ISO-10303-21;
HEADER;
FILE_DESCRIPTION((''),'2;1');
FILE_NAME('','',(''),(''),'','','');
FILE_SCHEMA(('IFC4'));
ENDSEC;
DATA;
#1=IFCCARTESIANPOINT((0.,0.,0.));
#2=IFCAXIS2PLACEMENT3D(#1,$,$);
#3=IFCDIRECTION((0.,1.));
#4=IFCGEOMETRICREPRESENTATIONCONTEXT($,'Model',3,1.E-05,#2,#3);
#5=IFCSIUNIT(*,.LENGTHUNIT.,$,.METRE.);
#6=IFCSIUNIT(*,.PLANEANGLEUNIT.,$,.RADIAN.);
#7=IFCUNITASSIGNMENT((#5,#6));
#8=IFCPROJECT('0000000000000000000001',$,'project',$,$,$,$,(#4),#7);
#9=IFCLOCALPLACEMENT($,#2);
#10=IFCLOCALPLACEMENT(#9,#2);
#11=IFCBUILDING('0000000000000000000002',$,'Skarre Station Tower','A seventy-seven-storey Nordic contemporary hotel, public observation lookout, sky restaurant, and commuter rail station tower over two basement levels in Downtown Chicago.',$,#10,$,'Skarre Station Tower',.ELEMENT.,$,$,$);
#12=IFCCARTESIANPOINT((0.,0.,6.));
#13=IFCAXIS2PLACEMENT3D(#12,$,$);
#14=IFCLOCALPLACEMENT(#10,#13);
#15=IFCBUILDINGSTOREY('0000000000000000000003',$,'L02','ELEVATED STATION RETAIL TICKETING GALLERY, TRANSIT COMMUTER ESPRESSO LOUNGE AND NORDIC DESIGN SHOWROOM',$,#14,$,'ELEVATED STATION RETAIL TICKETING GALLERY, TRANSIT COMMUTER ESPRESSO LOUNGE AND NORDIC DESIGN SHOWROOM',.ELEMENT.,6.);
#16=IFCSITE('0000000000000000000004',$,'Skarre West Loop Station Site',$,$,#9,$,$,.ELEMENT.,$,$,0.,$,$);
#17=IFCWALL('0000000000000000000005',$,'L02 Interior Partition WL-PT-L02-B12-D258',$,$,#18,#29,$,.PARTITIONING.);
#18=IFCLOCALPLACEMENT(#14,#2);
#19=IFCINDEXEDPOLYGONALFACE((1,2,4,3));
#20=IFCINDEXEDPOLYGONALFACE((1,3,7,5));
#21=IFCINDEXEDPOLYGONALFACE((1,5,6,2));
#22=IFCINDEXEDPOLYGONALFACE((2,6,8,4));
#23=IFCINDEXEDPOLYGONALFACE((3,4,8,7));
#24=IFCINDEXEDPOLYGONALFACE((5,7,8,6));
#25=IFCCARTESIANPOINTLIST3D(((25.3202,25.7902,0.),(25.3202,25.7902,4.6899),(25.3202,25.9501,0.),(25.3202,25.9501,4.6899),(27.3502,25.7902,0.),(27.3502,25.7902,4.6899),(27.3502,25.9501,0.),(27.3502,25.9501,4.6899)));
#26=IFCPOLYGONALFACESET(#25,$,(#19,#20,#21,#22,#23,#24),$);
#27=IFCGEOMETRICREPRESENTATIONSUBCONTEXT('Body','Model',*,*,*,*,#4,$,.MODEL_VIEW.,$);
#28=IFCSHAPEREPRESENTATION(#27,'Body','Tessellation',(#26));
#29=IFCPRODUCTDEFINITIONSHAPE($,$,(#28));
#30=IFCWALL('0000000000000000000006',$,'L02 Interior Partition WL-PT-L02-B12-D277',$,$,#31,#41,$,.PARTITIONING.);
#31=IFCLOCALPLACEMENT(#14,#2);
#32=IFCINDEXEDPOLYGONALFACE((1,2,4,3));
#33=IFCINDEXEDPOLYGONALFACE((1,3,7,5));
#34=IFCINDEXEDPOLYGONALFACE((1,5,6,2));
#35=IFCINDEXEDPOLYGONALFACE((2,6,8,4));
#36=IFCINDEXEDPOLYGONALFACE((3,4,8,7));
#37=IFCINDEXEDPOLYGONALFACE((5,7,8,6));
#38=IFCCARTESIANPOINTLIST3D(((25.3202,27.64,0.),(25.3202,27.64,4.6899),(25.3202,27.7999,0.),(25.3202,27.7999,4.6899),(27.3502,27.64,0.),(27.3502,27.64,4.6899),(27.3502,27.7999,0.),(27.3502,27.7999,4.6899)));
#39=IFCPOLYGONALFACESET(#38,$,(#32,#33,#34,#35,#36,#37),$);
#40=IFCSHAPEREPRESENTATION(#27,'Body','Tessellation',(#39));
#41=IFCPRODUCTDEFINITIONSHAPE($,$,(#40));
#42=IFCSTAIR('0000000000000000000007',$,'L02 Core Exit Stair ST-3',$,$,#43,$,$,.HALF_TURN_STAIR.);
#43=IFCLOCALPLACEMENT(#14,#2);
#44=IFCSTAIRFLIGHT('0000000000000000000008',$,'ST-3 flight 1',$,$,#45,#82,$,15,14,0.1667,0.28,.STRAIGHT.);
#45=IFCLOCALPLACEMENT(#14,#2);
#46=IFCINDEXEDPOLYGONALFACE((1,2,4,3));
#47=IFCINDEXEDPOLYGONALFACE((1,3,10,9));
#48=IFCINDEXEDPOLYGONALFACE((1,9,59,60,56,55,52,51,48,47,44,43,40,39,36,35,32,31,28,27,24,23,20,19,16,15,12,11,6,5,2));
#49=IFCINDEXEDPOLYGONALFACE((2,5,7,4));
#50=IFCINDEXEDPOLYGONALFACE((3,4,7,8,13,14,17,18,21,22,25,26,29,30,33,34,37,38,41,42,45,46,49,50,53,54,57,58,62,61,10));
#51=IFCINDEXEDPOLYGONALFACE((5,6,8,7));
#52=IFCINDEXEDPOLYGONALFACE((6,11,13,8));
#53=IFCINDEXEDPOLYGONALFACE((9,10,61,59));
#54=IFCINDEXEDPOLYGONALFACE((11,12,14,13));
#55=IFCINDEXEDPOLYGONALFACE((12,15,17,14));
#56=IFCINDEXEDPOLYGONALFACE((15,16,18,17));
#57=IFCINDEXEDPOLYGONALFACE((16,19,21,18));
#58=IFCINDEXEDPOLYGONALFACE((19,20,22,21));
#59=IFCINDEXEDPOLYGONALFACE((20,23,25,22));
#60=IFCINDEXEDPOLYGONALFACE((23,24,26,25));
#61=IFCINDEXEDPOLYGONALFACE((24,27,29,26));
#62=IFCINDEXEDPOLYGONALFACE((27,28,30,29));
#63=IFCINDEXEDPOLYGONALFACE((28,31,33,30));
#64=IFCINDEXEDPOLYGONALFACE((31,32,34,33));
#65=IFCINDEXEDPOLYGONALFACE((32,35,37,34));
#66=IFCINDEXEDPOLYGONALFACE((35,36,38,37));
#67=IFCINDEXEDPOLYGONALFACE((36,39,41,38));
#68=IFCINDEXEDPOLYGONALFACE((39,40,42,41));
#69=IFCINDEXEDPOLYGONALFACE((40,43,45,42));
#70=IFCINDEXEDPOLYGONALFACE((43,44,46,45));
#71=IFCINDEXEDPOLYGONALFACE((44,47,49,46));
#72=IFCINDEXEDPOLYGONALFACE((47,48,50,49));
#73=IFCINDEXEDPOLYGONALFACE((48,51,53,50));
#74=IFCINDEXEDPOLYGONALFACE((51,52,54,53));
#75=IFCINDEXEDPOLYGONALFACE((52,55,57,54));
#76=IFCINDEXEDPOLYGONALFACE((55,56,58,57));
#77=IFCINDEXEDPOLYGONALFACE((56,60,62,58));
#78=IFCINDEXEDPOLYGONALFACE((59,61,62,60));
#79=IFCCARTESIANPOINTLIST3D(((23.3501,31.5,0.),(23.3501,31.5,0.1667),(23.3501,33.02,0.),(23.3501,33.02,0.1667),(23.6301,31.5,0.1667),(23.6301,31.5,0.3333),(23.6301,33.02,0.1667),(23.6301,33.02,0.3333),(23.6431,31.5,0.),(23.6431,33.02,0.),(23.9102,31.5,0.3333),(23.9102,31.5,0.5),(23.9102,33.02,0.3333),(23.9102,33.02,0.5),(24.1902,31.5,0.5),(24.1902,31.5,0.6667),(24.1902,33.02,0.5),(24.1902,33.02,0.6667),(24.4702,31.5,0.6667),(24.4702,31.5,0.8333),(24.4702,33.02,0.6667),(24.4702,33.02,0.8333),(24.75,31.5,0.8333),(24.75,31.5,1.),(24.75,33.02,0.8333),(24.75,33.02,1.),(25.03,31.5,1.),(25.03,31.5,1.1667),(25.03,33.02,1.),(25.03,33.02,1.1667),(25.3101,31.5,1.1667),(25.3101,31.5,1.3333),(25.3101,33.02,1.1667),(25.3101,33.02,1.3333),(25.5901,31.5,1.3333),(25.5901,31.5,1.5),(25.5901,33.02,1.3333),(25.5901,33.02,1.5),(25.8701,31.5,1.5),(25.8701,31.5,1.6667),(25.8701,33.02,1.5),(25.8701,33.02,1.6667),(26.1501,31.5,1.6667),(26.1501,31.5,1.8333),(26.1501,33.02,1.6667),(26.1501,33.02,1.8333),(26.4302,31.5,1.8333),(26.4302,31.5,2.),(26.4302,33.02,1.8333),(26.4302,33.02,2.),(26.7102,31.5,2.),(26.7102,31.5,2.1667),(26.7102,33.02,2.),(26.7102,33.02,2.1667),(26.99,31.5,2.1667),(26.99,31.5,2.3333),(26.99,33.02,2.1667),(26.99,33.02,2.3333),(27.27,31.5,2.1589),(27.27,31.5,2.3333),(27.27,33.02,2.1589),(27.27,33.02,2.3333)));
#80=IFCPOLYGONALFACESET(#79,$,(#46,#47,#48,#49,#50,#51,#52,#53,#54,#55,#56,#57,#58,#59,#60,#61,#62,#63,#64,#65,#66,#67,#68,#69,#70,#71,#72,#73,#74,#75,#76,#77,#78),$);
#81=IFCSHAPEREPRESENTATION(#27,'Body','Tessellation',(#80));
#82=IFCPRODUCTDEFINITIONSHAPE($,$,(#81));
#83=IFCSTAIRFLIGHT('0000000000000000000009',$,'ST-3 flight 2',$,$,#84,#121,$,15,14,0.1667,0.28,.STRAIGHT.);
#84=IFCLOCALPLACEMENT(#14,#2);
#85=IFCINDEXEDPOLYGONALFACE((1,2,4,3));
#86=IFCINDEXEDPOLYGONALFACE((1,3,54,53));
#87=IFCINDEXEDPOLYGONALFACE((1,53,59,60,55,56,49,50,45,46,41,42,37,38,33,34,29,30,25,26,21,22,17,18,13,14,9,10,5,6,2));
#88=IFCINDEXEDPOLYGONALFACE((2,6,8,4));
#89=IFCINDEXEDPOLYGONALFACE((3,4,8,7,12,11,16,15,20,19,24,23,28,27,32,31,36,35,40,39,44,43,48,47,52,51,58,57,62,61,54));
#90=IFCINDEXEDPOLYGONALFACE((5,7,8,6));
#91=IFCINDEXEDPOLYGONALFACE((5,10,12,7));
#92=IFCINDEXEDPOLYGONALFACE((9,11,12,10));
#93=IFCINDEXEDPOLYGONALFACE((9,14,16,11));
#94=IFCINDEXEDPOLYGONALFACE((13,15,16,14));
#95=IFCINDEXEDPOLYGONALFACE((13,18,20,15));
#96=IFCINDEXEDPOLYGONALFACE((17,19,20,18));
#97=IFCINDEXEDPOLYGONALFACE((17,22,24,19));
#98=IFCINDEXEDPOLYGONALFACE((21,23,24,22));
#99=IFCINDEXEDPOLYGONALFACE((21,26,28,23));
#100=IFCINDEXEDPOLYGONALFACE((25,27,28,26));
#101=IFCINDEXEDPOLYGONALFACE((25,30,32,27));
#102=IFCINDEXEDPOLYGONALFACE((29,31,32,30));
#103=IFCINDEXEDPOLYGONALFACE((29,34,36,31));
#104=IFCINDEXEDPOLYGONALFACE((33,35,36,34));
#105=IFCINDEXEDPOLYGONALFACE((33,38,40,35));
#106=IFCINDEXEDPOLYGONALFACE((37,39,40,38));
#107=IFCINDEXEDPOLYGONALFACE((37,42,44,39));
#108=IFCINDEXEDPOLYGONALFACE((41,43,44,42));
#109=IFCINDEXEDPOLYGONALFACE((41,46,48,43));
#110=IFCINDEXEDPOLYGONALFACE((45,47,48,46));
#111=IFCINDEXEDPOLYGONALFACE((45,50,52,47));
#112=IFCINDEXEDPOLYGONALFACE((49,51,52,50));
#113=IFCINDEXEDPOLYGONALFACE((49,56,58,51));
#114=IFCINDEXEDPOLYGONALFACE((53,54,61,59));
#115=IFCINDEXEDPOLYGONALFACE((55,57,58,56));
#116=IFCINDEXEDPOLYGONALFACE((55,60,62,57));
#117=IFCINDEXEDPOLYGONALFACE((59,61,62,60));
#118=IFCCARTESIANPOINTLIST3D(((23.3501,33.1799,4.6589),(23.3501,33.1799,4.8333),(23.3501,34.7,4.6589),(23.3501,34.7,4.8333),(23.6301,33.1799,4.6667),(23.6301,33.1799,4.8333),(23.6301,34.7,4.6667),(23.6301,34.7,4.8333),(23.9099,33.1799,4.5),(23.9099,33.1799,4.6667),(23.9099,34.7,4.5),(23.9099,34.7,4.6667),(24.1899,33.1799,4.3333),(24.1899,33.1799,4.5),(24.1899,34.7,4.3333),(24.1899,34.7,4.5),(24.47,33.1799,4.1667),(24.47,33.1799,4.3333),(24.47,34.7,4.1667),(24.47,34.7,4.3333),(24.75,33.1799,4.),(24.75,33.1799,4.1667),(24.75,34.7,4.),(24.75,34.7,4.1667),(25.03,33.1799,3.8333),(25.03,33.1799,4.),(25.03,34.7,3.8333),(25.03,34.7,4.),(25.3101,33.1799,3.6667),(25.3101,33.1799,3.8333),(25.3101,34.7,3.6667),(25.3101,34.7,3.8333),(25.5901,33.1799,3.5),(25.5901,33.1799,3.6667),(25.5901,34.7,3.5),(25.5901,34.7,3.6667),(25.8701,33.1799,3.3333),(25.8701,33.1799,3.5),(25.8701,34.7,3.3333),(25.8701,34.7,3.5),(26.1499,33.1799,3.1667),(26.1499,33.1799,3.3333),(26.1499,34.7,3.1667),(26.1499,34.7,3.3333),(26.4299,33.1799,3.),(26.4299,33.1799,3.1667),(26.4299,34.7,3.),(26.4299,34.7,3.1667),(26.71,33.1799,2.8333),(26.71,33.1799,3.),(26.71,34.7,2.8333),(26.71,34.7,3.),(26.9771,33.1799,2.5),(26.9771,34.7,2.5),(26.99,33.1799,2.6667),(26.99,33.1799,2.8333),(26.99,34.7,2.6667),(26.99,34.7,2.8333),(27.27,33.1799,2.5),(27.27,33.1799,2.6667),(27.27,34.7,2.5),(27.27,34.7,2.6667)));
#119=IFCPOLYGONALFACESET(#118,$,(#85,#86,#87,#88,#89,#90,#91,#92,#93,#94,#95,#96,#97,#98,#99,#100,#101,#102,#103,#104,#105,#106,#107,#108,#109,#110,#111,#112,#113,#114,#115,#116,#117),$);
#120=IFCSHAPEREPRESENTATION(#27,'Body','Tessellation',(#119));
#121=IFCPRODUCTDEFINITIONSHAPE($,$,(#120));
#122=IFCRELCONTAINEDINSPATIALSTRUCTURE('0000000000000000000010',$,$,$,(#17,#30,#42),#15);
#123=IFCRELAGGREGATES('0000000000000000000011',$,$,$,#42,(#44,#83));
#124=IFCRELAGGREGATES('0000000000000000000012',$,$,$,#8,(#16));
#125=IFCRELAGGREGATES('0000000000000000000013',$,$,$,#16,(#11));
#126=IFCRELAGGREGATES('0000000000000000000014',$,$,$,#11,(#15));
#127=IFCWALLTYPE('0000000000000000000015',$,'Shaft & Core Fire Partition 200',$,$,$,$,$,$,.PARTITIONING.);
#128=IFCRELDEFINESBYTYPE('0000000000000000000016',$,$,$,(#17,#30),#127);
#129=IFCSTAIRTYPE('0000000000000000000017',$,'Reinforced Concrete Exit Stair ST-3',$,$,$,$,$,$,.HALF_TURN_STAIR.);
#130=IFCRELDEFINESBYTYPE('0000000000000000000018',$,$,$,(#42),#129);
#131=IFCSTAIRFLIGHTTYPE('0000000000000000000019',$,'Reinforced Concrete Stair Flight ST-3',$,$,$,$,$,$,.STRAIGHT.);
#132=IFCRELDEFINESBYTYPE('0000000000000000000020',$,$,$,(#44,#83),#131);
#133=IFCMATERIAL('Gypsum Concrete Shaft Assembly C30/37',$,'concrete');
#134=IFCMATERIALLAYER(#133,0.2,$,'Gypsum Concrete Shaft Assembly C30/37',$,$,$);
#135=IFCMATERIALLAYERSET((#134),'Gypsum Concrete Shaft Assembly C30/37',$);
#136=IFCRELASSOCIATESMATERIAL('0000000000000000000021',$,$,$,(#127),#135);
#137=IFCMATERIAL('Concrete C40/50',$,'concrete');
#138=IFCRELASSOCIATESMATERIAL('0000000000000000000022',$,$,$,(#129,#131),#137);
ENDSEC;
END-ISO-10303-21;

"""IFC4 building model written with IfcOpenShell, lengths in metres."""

from ifc_helpers import new_model, si_unit, direction, frame, frame_2d, origin, place, context, subcontext, project, spatial, polyline, rectangle, outline, extrude, material, layer, layer_set, type_object, element, aggregate, save


model = new_model("IFC4")

# Units and contexts
model_context = context("Model", 3, precision=1e-05, world=origin(), true_north=direction((0.0, 1.0)))
body_context = subcontext(model_context, "Body", "Model", "MODEL_VIEW")
ifc_project = project(units=[si_unit("LENGTHUNIT", "METRE"), si_unit("PLANEANGLEUNIT", "RADIAN")], contexts=[model_context])

# Site, building, storey
site_placement = place(None, origin())
site = spatial("IfcSite", under=ifc_project, at=site_placement, Name="Skarre West Loop Station Site", CompositionType="ELEMENT", RefElevation=0.0)
building_placement = place(site_placement, origin())
building = spatial("IfcBuilding", under=site, at=building_placement, Name="Skarre Station Tower", Description="A seventy-seven-storey Nordic contemporary hotel, public observation lookout, sky restaurant, and commuter rail station tower over two basement levels in Downtown Chicago.", LongName="Skarre Station Tower", CompositionType="ELEMENT")
storey_placement = place(building_placement, frame((0.0, 0.0, 6.0)))
storey = spatial("IfcBuildingStorey", under=building, at=storey_placement, Name="L02", Description="ELEVATED STATION RETAIL TICKETING GALLERY, TRANSIT COMMUTER ESPRESSO LOUNGE AND NORDIC DESIGN SHOWROOM", LongName="ELEVATED STATION RETAIL TICKETING GALLERY, TRANSIT COMMUTER ESPRESSO LOUNGE AND NORDIC DESIGN SHOWROOM", CompositionType="ELEMENT", Elevation=6.0)

# Shared definitions
ifc_material_1 = material(Name="Gypsum Concrete Shaft Assembly C30/37", Category="concrete")
ifc_layer_1 = layer(ifc_material_1, 0.2, Name="Gypsum Concrete Shaft Assembly C30/37")
ifc_layer_set_1 = layer_set([ifc_layer_1], Name="Gypsum Concrete Shaft Assembly C30/37")
wall_type_1 = type_object("IfcWallType", Name="Shaft & Core Fire Partition 200", PredefinedType="PARTITIONING", material=ifc_layer_set_1)

# Walls
for number, where, z_axis, x_axis, name in (
    (1, (25.3201, 25.8701, 0.0), (0.0, 0.0, 1.0), (1.0, 0.0, 0.0), "L02 Interior Partition WL-PT-L02-B12-D258"),
    (2, (25.3201, 27.72, 0.0), (0.0, 0.0, 1.0), (1.0, 0.0, 0.0), "L02 Interior Partition WL-PT-L02-B12-D277"),
):
    element("IfcWall", number, at=place(storey_placement, frame(where, z_axis=z_axis, x_axis=x_axis)), inside=storey, type_object=wall_type_1, Name=name, PredefinedType="PARTITIONING", context=body_context, shape_type="SweptSolid", body=[
        extrude(rectangle(XDim=2.03, YDim=0.1599, at=frame_2d((1.0151, 0.0))), origin(), (0.0, 0.0, 1.0), 4.6899),
    ])

# Stair, stair flights
ifc_material_2 = material(Name="Concrete C40/50", Category="concrete")
stair_type = type_object("IfcStairType", Name="Reinforced Concrete Exit Stair ST-3", PredefinedType="HALF_TURN_STAIR", material=ifc_material_2)
stair_placement = place(storey_placement, origin())
stair = element("IfcStair", 3, at=stair_placement, inside=storey, type_object=stair_type, Name="L02 Core Exit Stair ST-3", PredefinedType="HALF_TURN_STAIR")
stair_flight_type = type_object("IfcStairFlightType", Name="Reinforced Concrete Stair Flight ST-3", PredefinedType="STRAIGHT", material=ifc_material_2)
stair_flight_1_placement = place(storey_placement, frame((23.3501, 32.26, 0.0), z_axis=(0.0, 0.0, 1.0), x_axis=(1.0, 0.0, 0.0)))
stair_flight_1 = element("IfcStairFlight", 4, at=stair_flight_1_placement, type_object=stair_flight_type, Name="ST-3 flight 1", NumberOfRisers=15, NumberOfTreads=14, PredefinedType="STRAIGHT", RiserHeight=0.1667, TreadLength=0.28, context=body_context, shape_type="SweptSolid", body=[
    extrude(outline(polyline([(0.0, 0.0), (0.0, 0.1667), (0.28, 0.1667), (0.28, 0.3333), (0.5601, 0.3333), (0.5601, 0.5), (0.8401, 0.5), (0.8401, 0.6667), (1.1201, 0.6667), (1.1201, 0.8333), (1.3999, 0.8333), (1.3999, 1.0), (1.6799, 1.0), (1.6799, 1.1667), (1.96, 1.1667), (1.96, 1.3333), (2.24, 1.3333), (2.24, 1.5), (2.52, 1.5), (2.52, 1.6667), (2.8, 1.6667), (2.8, 1.8333), (3.0801, 1.8333), (3.0801, 2.0), (3.3601, 2.0), (3.3601, 2.1667), (3.6399, 2.1667), (3.6399, 2.3333), (3.9199, 2.3333), (3.9199, 2.5), (3.9199, 2.1589), (0.293, 0.0), (0.0, 0.0)])), frame((0.0, 0.76, 0.0), z_axis=(0.0, -1.0, 0.0), x_axis=(1.0, 0.0, 0.0)), (0.0, 0.0, 1.0), 1.52),
])
stair_flight_2_placement = place(storey_placement, frame((27.27, 33.9399, 2.5), z_axis=(0.0, 0.0, 1.0), x_axis=(-1.0, 0.0, 0.0)))
stair_flight_2 = element("IfcStairFlight", 5, at=stair_flight_2_placement, type_object=stair_flight_type, Name="ST-3 flight 2", NumberOfRisers=15, NumberOfTreads=14, PredefinedType="STRAIGHT", RiserHeight=0.1667, TreadLength=0.28, context=body_context, shape_type="SweptSolid", body=[
    extrude(outline(polyline([(0.0, 0.0), (0.0, 0.1667), (0.28, 0.1667), (0.28, 0.3333), (0.5601, 0.3333), (0.5601, 0.5), (0.8401, 0.5), (0.8401, 0.6667), (1.1201, 0.6667), (1.1201, 0.8333), (1.3999, 0.8333), (1.3999, 1.0), (1.6799, 1.0), (1.6799, 1.1667), (1.96, 1.1667), (1.96, 1.3333), (2.24, 1.3333), (2.24, 1.5), (2.52, 1.5), (2.52, 1.6667), (2.8, 1.6667), (2.8, 1.8333), (3.0801, 1.8333), (3.0801, 2.0), (3.3601, 2.0), (3.3601, 2.1667), (3.6399, 2.1667), (3.6399, 2.3333), (3.9199, 2.3333), (3.9199, 2.5), (3.9199, 2.1589), (0.293, 0.0), (0.0, 0.0)])), frame((0.0, 0.76, 0.0), z_axis=(0.0, -1.0, 0.0), x_axis=(1.0, 0.0, 0.0)), (0.0, 0.0, 1.0), 1.52),
])
aggregate(stair, [stair_flight_1, stair_flight_2])

save(model, "model.ifc")
